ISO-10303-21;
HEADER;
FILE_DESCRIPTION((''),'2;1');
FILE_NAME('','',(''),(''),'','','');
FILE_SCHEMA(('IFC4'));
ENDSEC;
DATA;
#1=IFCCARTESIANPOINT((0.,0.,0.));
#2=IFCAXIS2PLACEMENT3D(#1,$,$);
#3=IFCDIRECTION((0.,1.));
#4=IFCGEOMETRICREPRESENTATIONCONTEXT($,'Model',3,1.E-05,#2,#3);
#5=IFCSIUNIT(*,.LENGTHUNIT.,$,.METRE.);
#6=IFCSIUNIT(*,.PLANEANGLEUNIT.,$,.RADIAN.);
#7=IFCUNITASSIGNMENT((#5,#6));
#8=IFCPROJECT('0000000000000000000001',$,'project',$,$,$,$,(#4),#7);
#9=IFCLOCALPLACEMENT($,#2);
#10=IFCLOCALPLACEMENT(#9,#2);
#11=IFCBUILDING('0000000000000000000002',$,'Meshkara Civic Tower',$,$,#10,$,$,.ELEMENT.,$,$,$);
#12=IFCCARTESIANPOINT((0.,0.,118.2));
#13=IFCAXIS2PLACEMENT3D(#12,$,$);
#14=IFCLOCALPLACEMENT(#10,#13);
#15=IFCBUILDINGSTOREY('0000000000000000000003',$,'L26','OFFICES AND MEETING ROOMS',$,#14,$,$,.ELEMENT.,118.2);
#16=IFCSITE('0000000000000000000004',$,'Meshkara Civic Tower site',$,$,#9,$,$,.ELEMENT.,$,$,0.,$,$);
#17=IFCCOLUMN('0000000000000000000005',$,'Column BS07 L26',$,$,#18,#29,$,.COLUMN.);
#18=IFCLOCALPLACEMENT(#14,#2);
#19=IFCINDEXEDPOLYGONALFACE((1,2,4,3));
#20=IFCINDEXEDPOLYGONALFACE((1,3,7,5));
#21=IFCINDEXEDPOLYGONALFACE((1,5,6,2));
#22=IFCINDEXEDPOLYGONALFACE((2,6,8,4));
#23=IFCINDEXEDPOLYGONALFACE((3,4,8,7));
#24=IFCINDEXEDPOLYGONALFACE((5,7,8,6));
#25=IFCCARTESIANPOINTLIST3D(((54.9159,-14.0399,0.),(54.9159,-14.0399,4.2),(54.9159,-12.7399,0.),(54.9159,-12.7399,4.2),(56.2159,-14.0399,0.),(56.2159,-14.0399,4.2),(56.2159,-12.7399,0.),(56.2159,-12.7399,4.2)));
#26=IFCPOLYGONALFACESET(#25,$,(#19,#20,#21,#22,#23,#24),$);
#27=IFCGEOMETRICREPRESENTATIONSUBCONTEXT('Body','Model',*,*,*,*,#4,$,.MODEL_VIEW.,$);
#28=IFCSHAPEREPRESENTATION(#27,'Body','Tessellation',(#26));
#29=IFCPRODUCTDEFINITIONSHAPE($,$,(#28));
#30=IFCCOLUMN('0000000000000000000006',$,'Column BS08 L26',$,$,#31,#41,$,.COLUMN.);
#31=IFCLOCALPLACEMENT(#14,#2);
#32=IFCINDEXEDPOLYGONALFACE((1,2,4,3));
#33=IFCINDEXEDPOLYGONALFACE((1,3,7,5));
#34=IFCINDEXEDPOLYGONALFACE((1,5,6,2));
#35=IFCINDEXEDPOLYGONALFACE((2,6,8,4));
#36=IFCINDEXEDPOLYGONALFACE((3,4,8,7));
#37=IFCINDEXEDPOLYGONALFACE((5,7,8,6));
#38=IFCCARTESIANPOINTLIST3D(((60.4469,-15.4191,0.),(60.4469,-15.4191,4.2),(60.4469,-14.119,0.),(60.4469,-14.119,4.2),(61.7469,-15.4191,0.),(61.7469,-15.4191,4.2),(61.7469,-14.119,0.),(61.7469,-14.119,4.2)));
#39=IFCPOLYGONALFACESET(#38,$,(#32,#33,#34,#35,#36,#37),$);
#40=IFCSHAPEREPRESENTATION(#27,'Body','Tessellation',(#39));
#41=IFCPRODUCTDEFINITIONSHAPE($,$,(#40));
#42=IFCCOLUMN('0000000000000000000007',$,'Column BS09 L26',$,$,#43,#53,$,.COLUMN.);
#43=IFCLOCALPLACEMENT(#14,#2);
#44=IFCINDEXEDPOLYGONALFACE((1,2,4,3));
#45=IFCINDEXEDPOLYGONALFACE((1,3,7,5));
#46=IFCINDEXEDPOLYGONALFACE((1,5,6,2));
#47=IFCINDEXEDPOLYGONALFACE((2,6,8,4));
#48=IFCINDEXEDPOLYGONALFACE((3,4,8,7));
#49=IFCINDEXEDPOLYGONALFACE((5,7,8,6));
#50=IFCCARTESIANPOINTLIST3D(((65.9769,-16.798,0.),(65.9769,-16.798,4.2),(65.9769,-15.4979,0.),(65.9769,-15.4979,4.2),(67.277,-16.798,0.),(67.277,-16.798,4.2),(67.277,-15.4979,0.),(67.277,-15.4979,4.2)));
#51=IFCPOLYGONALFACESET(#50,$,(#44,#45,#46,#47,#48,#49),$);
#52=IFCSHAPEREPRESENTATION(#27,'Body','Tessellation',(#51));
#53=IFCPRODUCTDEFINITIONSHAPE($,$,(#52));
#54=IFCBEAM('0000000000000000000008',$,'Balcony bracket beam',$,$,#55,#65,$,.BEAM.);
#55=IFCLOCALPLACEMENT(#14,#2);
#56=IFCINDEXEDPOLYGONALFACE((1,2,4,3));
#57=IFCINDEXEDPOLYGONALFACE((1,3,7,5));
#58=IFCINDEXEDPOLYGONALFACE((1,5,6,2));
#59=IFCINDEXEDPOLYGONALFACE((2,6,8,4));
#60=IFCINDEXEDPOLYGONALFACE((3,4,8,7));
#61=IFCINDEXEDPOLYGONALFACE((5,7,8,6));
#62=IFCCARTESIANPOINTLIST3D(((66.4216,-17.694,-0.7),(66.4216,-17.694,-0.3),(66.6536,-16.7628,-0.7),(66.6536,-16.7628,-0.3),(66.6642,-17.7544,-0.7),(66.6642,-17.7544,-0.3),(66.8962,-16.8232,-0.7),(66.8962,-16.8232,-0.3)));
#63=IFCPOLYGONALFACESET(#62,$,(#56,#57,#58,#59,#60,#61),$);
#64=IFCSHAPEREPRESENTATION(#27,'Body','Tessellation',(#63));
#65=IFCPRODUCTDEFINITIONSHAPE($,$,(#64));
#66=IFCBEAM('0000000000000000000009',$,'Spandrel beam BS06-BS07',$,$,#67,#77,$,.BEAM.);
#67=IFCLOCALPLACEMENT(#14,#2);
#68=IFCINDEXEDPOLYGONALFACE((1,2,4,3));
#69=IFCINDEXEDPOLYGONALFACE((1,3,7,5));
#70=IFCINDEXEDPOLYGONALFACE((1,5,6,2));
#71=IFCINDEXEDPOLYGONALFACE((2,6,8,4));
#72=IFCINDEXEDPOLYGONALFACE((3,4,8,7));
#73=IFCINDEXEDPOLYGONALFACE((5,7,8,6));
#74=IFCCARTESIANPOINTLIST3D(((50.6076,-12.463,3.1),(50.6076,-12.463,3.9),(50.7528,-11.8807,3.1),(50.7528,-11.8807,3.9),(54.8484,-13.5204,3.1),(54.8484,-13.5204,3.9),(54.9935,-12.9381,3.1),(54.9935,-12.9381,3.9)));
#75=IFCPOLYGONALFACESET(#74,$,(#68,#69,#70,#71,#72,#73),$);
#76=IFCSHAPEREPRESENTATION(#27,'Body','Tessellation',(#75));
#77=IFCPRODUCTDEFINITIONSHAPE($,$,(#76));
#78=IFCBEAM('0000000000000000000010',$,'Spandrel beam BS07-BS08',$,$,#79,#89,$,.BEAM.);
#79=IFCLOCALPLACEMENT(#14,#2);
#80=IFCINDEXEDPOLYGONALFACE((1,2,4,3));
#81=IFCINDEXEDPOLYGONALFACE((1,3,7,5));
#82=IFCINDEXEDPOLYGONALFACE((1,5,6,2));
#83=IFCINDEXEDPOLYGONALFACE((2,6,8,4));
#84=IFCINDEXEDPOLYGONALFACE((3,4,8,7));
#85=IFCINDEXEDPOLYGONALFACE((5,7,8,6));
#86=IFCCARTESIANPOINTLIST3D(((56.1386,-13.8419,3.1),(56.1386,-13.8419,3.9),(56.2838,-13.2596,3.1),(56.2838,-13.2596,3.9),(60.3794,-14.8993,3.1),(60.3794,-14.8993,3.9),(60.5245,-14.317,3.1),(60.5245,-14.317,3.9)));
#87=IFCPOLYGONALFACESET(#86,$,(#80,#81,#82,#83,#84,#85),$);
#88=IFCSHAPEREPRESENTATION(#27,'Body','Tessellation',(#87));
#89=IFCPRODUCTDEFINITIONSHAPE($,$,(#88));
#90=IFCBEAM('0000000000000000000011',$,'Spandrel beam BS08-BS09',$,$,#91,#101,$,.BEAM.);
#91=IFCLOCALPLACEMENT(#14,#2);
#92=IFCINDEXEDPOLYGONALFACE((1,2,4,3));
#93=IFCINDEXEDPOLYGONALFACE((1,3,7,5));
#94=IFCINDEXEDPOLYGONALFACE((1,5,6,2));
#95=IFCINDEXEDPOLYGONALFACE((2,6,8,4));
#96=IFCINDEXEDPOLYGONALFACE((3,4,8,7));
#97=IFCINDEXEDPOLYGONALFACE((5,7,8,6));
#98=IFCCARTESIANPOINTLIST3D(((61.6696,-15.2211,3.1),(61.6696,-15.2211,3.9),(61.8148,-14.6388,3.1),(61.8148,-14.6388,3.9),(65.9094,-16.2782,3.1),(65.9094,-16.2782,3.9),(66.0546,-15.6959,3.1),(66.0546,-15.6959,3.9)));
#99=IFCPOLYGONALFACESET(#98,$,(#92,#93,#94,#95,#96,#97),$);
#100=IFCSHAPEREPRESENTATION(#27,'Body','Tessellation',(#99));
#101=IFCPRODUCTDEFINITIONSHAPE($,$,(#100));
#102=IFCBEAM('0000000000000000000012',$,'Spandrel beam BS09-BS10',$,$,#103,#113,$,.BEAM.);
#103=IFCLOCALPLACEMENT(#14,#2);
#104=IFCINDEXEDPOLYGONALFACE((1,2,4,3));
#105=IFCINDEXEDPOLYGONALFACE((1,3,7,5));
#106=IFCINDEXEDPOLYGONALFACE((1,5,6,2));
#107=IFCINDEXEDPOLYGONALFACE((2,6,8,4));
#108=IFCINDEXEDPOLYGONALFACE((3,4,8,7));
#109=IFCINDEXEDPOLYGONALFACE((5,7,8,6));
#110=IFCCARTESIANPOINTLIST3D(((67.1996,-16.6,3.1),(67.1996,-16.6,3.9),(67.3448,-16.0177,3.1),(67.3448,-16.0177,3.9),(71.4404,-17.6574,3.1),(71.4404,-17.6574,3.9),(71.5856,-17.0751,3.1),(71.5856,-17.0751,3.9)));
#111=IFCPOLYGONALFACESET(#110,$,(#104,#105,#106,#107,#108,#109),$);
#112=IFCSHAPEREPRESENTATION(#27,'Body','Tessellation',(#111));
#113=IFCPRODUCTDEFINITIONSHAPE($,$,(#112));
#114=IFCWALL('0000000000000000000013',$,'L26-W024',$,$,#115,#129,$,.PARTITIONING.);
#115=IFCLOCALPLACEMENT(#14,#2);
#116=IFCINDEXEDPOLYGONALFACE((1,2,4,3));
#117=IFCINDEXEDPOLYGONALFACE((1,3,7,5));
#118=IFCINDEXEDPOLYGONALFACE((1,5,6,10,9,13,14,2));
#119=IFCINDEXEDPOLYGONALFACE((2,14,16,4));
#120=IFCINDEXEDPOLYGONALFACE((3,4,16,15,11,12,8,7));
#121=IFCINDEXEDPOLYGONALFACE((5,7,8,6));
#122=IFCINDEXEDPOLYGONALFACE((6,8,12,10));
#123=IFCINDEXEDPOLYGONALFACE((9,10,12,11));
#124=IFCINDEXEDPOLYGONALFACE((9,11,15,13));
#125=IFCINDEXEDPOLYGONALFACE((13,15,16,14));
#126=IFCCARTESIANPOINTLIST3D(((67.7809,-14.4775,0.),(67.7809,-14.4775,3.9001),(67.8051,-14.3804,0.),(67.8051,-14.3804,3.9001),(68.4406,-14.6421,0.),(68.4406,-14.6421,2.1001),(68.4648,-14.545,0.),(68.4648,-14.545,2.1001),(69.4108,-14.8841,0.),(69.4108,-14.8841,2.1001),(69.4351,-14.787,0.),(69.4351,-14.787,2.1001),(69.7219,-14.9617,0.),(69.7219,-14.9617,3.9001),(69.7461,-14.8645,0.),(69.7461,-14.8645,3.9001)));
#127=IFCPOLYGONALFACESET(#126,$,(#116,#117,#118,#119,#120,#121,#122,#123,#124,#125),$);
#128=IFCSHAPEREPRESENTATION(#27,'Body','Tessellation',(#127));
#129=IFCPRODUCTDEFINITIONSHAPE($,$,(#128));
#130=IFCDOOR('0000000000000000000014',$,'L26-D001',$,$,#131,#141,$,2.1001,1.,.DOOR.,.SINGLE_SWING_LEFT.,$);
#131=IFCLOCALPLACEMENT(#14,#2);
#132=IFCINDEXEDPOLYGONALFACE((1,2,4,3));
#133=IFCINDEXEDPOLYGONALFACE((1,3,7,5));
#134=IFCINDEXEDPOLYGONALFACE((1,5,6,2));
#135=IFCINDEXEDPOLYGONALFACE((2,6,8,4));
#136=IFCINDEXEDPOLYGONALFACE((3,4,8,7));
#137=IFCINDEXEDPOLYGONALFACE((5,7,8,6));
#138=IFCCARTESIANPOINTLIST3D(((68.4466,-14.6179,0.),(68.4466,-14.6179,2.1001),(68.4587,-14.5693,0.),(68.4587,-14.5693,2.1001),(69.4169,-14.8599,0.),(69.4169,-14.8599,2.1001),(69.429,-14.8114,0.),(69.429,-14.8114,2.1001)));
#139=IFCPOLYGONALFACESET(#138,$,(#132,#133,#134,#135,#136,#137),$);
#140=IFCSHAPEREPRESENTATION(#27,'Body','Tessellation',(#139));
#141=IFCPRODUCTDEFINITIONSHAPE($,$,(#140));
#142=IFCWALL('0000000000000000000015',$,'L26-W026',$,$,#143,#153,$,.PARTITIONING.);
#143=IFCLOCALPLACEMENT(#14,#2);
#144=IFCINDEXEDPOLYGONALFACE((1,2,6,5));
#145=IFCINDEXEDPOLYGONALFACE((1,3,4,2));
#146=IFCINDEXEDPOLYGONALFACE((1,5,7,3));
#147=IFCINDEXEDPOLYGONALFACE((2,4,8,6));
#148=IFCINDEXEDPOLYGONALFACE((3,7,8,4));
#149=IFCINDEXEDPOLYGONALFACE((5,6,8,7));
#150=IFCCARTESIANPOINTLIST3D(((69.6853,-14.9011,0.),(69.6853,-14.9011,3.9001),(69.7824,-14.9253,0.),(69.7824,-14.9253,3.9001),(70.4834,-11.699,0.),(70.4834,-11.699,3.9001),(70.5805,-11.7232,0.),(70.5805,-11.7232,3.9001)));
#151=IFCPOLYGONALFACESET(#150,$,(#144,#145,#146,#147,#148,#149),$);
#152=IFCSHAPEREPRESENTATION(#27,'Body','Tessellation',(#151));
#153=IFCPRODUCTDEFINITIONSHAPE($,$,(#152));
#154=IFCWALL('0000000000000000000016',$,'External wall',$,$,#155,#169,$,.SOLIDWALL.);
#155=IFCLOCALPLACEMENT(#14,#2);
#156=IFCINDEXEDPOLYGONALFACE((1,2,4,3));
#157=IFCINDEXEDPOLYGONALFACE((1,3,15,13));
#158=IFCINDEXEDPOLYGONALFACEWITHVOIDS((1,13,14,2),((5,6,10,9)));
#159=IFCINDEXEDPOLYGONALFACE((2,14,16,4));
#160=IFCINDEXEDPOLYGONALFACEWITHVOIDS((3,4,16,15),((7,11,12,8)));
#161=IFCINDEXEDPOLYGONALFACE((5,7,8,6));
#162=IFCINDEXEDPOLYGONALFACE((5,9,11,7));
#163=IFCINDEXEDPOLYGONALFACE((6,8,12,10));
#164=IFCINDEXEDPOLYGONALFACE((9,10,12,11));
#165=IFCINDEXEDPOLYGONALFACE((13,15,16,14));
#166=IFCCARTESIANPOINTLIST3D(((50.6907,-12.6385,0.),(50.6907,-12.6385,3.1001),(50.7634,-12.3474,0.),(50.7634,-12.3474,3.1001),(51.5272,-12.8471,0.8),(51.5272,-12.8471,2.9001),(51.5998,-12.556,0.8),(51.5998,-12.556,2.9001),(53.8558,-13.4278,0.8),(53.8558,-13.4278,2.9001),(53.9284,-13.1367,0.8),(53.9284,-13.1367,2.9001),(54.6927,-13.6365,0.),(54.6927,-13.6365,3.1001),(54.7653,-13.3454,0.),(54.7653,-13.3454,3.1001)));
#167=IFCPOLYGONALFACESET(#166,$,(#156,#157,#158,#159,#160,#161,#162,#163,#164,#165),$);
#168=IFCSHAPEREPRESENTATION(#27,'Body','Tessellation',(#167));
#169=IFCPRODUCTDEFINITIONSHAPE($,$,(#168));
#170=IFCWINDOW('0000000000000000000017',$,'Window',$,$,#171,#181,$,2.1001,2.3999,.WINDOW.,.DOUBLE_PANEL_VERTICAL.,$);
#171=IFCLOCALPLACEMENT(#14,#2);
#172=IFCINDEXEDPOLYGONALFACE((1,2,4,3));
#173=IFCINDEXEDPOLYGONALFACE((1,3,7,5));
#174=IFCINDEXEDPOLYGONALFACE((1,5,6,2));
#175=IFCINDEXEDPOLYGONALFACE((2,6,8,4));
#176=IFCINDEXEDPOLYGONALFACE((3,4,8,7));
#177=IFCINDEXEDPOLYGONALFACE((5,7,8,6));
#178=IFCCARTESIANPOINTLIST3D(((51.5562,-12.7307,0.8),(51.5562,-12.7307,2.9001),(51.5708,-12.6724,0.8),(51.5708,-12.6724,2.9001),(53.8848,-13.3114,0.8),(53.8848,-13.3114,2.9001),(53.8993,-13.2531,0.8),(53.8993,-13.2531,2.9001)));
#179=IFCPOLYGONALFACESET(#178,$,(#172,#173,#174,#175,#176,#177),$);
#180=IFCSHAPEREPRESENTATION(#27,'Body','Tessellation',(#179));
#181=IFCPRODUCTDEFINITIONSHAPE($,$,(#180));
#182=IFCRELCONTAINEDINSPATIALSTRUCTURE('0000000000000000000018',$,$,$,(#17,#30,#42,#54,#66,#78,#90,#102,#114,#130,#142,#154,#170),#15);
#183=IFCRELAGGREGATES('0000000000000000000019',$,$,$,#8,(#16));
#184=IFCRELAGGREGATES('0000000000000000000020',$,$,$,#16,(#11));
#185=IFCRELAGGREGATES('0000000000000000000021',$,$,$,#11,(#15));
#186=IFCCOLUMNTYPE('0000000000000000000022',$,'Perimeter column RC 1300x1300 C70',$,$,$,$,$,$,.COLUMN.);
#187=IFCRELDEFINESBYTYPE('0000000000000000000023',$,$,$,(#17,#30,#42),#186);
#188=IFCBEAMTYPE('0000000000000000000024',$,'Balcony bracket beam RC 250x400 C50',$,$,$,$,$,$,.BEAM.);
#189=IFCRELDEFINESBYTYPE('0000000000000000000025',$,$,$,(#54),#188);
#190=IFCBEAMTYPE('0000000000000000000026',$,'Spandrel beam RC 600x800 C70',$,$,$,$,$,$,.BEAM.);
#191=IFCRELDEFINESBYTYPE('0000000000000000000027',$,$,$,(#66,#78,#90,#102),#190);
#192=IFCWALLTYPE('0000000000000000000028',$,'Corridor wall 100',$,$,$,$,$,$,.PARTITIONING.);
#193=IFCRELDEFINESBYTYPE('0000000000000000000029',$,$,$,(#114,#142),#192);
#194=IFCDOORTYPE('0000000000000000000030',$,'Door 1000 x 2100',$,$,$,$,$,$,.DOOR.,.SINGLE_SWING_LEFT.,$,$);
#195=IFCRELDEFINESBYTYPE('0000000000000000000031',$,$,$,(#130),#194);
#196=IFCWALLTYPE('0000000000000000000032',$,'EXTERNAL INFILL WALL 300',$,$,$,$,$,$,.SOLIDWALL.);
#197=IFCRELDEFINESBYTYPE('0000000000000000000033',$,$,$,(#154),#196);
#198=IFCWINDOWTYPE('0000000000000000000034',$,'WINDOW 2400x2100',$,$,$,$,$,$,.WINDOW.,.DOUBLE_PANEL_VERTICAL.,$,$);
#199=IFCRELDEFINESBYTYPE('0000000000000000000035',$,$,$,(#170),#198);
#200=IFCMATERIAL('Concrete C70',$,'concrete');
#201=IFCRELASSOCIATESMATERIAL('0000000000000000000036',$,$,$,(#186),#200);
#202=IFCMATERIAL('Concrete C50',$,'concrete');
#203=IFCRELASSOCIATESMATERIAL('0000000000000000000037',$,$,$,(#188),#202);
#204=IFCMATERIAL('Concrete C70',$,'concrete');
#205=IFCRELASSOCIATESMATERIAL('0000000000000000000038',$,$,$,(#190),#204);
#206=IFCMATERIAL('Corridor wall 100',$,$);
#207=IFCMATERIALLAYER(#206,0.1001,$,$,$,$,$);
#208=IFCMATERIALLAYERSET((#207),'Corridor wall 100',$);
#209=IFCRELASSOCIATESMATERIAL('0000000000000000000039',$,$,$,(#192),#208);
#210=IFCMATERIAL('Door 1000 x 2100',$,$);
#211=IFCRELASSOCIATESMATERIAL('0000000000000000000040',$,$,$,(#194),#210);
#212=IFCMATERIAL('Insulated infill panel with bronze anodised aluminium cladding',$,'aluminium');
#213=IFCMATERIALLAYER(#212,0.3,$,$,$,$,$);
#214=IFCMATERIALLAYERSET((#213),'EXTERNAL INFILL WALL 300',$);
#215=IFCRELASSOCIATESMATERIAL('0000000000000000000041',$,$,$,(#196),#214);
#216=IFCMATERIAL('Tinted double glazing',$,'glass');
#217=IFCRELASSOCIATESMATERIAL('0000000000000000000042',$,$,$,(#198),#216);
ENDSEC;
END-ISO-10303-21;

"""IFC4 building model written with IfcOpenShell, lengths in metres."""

from ifc_helpers import new_model, si_unit, direction, frame, frame_2d, origin, origin_2d, place, context, subcontext, project, spatial, rectangle, extrude, material, layer, layer_set, material_profile, profile_set, type_object, element, fill, save


model = new_model("IFC4")

# Units and contexts
model_context = context("Model", 3, precision=1e-05, world=origin(), true_north=direction((0.0, 1.0)))
body_context = subcontext(model_context, "Body", "Model", "MODEL_VIEW")
ifc_project = project(units=[si_unit("LENGTHUNIT", "METRE"), si_unit("PLANEANGLEUNIT", "RADIAN")], contexts=[model_context])

# Site, building, storey
site_placement = place(None, origin())
site = spatial("IfcSite", under=ifc_project, at=site_placement, Name="Meshkara Civic Tower site", CompositionType="ELEMENT", RefElevation=0.0)
building_placement = place(site_placement, origin())
building = spatial("IfcBuilding", under=site, at=building_placement, Name="Meshkara Civic Tower", CompositionType="ELEMENT")
storey_placement = place(building_placement, frame((0.0, 0.0, 118.2)))
storey = spatial("IfcBuildingStorey", under=building, at=storey_placement, Name="L26", Description="OFFICES AND MEETING ROOMS", CompositionType="ELEMENT", Elevation=118.2)

# Columns
ifc_material_1 = material(Name="Concrete C70", Category="concrete")
ifc_material_profile_1 = material_profile(ifc_material_1, rectangle(XDim=1.3, YDim=1.3, at=origin_2d()))
ifc_profile_set_1 = profile_set([ifc_material_profile_1], Name="Concrete C70")
column_type = type_object("IfcColumnType", Name="Perimeter column RC 1300x1300 C70", PredefinedType="COLUMN", material=ifc_profile_set_1)
for number, where, z_axis, x_axis, name in (
    (1, (55.5659, -13.3899, 0.0), (0.0, 0.0, 1.0), (1.0, 0.0, 0.0), "Column BS07 L26"),
    (2, (61.0969, -14.769, 0.0), (0.0, 0.0, 1.0), (1.0, 0.0, 0.0), "Column BS08 L26"),
    (3, (66.627, -16.1479, 0.0), (0.0, 0.0, 1.0), (1.0, 0.0, 0.0), "Column BS09 L26"),
):
    element("IfcColumn", number, at=place(storey_placement, frame(where, z_axis=z_axis, x_axis=x_axis)), inside=storey, type_object=column_type, Name=name, PredefinedType="COLUMN", context=body_context, shape_type="SweptSolid", body=[
        extrude(rectangle(XDim=1.3, YDim=1.3, at=origin_2d()), origin(), (0.0, 0.0, 1.0), 4.2),
    ])

# Beams
ifc_material_2 = material(Name="Concrete C50", Category="concrete")
ifc_material_profile_2 = material_profile(ifc_material_2, rectangle(XDim=0.25, YDim=0.3999, at=origin_2d()))
ifc_profile_set_2 = profile_set([ifc_material_profile_2], Name="Concrete C50")
beam_type_1 = type_object("IfcBeamType", Name="Balcony bracket beam RC 250x400 C50", PredefinedType="BEAM", material=ifc_profile_set_2)
beam_1_placement = place(storey_placement, frame((66.7749, -16.793, -0.5), z_axis=(-0.241697, -0.970352, 0.0), x_axis=(0.970352, -0.241697, 0.0)))
element("IfcBeam", 4, at=beam_1_placement, inside=storey, type_object=beam_type_1, Name="Balcony bracket beam", PredefinedType="BEAM", context=body_context, shape_type="SweptSolid", body=[
    extrude(rectangle(XDim=0.25, YDim=0.3999, at=origin_2d()), origin(), (0.0, 0.0, 1.0), 0.9597),
])
ifc_material_3 = material(Name="Concrete C70", Category="concrete")
ifc_material_profile_3 = material_profile(ifc_material_3, rectangle(XDim=0.6001, YDim=0.8, at=origin_2d()))
ifc_profile_set_3 = profile_set([ifc_material_profile_3], Name="Concrete C70")
beam_type_2 = type_object("IfcBeamType", Name="Spandrel beam RC 600x800 C70", PredefinedType="BEAM", material=ifc_profile_set_3)
for number, where, z_axis, x_axis, name in (
    (5, (50.6802, -12.1719, 3.5), (0.970293, -0.241931, 0.0), (0.241931, 0.970293, 0.0), "Spandrel beam BS06-BS07"),
    (6, (56.2112, -13.5508, 3.5), (0.970293, -0.241931, 0.0), (0.241931, 0.970293, 0.0), "Spandrel beam BS07-BS08"),
):
    element("IfcBeam", number, at=place(storey_placement, frame(where, z_axis=z_axis, x_axis=x_axis)), inside=storey, type_object=beam_type_2, Name=name, PredefinedType="BEAM", context=body_context, shape_type="SweptSolid", body=[
        extrude(rectangle(XDim=0.6001, YDim=0.8, at=origin_2d()), origin(), (0.0, 0.0, 1.0), 4.3706),
    ])
beam_2_placement = place(storey_placement, frame((61.7422, -14.9299, 3.5), z_axis=(0.970293, -0.241931, 0.0), x_axis=(0.241931, 0.970293, 0.0)))
element("IfcBeam", 7, at=beam_2_placement, inside=storey, type_object=beam_type_2, Name="Spandrel beam BS08-BS09", PredefinedType="BEAM", context=body_context, shape_type="SweptSolid", body=[
    extrude(rectangle(XDim=0.6001, YDim=0.8, at=origin_2d()), origin(), (0.0, 0.0, 1.0), 4.3696),
])
beam_3_placement = place(storey_placement, frame((67.2722, -16.3088, 3.5), z_axis=(0.970293, -0.241931, 0.0), x_axis=(0.241931, 0.970293, 0.0)))
element("IfcBeam", 8, at=beam_3_placement, inside=storey, type_object=beam_type_2, Name="Spandrel beam BS09-BS10", PredefinedType="BEAM", context=body_context, shape_type="SweptSolid", body=[
    extrude(rectangle(XDim=0.6001, YDim=0.8, at=origin_2d()), origin(), (0.0, 0.0, 1.0), 4.3706),
])

# Wall, opening, door
ifc_material_4 = material(Name="Corridor wall 100")
ifc_layer_1 = layer(ifc_material_4, 0.1001)
ifc_layer_set_1 = layer_set([ifc_layer_1], Name="Corridor wall 100")
wall_type_1 = type_object("IfcWallType", Name="Corridor wall 100", PredefinedType="PARTITIONING", material=ifc_layer_set_1)
wall_1_placement = place(storey_placement, frame((67.793, -14.429, 0.0), z_axis=(0.0, 0.0, 1.0), x_axis=(0.970272, -0.242019, 0.0)))
wall_1 = element("IfcWall", 9, at=wall_1_placement, inside=storey, type_object=wall_type_1, Name="L26-W024", PredefinedType="PARTITIONING", context=body_context, shape_type="SweptSolid", body=[
    extrude(rectangle(XDim=2.0005, YDim=0.1001, at=frame_2d((1.0002, 0.0))), origin(), (0.0, 0.0, 1.0), 3.9001),
])
opening_1_placement = place(wall_1_placement, frame((0.6799, 0.0, 0.0)))
opening_1 = element("IfcOpeningElement", 10, at=opening_1_placement, cuts=wall_1, PredefinedType="OPENING", context=body_context, shape_type="SweptSolid", body=[
    extrude(rectangle(XDim=1.0, YDim=2.1001, at=frame_2d((0.5, 1.05))), frame((0.0, 0.0601, 0.0), z_axis=(0.0, -1.0, 0.0), x_axis=(1.0, 0.0, 0.0)), (0.0, 0.0, 1.0), 0.1201),
])
ifc_material_5 = material(Name="Door 1000 x 2100")
door_type_1 = type_object("IfcDoorType", Name="Door 1000 x 2100", OperationType="SINGLE_SWING_LEFT", PredefinedType="DOOR", material=ifc_material_5)
door_1_placement = place(opening_1_placement, origin())
door_1 = element("IfcDoor", 11, at=door_1_placement, inside=storey, type_object=door_type_1, Name="L26-D001", OperationType="SINGLE_SWING_LEFT", OverallHeight=2.1001, OverallWidth=1.0, PredefinedType="DOOR", context=body_context, shape_type="SweptSolid", body=[
    extrude(rectangle(XDim=1.0, YDim=2.1001, at=frame_2d((0.5, 1.05))), frame((0.0, 0.0249, 0.0), z_axis=(0.0, -1.0, 0.0), x_axis=(1.0, 0.0, 0.0)), (0.0, 0.0, 1.0), 0.05),
])
fill(opening_1, door_1)

# Wall
wall_2_placement = place(storey_placement, frame((69.7339, -14.9131, 0.0), z_axis=(0.0, 0.0, 1.0), x_axis=(0.241839, 0.970316, 0.0)))
element("IfcWall", 12, at=wall_2_placement, inside=storey, type_object=wall_type_1, Name="L26-W026", PredefinedType="PARTITIONING", context=body_context, shape_type="SweptSolid", body=[
    extrude(rectangle(XDim=3.3, YDim=0.1001, at=frame_2d((1.6499, 0.0))), origin(), (0.0, 0.0, 1.0), 3.9001),
])

# Wall, opening, window
ifc_material_6 = material(Name="Insulated infill panel with bronze anodised aluminium cladding", Category="aluminium")
ifc_layer_2 = layer(ifc_material_6, 0.3)
ifc_layer_set_2 = layer_set([ifc_layer_2], Name="EXTERNAL INFILL WALL 300")
wall_type_2 = type_object("IfcWallType", Name="EXTERNAL INFILL WALL 300", PredefinedType="SOLIDWALL", material=ifc_layer_set_2)
wall_3_placement = place(storey_placement, frame((50.7271, -12.4929, 0.0), z_axis=(0.0, 0.0, 1.0), x_axis=(0.970282, -0.241978, 0.0)))
wall_3 = element("IfcWall", 13, at=wall_3_placement, inside=storey, type_object=wall_type_2, Name="External wall", PredefinedType="SOLIDWALL", context=body_context, shape_type="SweptSolid", body=[
    extrude(rectangle(XDim=4.1245, YDim=0.3, at=frame_2d((2.0623, 0.0))), origin(), (0.0, 0.0, 1.0), 3.1001),
])
opening_2_placement = place(wall_3_placement, frame((0.8621, 0.0, 0.8)))
opening_2 = element("IfcOpeningElement", 14, at=opening_2_placement, cuts=wall_3, PredefinedType="OPENING", context=body_context, shape_type="SweptSolid", body=[
    extrude(rectangle(XDim=2.3999, YDim=2.1001, at=frame_2d((1.2, 1.05))), frame((0.0, 0.1599, 0.0), z_axis=(0.0, -1.0, 0.0), x_axis=(1.0, 0.0, 0.0)), (0.0, 0.0, 1.0), 0.3201),
])
ifc_material_7 = material(Name="Tinted double glazing", Category="glass")
window_type = type_object("IfcWindowType", Name="WINDOW 2400x2100", PartitioningType="DOUBLE_PANEL_VERTICAL", PredefinedType="WINDOW", material=ifc_material_7)
window_1_placement = place(opening_2_placement, origin())
window_1 = element("IfcWindow", 15, at=window_1_placement, inside=storey, type_object=window_type, Name="Window", OverallHeight=2.1001, OverallWidth=2.3999, PartitioningType="DOUBLE_PANEL_VERTICAL", PredefinedType="WINDOW", context=body_context, shape_type="SweptSolid", body=[
    extrude(rectangle(XDim=2.3999, YDim=2.1001, at=frame_2d((1.2, 1.05))), frame((0.0, 0.03, 0.0), z_axis=(0.0, -1.0, 0.0), x_axis=(1.0, 0.0, 0.0)), (0.0, 0.0, 1.0), 0.0601),
])
fill(opening_2, window_1)

save(model, "model.ifc")
